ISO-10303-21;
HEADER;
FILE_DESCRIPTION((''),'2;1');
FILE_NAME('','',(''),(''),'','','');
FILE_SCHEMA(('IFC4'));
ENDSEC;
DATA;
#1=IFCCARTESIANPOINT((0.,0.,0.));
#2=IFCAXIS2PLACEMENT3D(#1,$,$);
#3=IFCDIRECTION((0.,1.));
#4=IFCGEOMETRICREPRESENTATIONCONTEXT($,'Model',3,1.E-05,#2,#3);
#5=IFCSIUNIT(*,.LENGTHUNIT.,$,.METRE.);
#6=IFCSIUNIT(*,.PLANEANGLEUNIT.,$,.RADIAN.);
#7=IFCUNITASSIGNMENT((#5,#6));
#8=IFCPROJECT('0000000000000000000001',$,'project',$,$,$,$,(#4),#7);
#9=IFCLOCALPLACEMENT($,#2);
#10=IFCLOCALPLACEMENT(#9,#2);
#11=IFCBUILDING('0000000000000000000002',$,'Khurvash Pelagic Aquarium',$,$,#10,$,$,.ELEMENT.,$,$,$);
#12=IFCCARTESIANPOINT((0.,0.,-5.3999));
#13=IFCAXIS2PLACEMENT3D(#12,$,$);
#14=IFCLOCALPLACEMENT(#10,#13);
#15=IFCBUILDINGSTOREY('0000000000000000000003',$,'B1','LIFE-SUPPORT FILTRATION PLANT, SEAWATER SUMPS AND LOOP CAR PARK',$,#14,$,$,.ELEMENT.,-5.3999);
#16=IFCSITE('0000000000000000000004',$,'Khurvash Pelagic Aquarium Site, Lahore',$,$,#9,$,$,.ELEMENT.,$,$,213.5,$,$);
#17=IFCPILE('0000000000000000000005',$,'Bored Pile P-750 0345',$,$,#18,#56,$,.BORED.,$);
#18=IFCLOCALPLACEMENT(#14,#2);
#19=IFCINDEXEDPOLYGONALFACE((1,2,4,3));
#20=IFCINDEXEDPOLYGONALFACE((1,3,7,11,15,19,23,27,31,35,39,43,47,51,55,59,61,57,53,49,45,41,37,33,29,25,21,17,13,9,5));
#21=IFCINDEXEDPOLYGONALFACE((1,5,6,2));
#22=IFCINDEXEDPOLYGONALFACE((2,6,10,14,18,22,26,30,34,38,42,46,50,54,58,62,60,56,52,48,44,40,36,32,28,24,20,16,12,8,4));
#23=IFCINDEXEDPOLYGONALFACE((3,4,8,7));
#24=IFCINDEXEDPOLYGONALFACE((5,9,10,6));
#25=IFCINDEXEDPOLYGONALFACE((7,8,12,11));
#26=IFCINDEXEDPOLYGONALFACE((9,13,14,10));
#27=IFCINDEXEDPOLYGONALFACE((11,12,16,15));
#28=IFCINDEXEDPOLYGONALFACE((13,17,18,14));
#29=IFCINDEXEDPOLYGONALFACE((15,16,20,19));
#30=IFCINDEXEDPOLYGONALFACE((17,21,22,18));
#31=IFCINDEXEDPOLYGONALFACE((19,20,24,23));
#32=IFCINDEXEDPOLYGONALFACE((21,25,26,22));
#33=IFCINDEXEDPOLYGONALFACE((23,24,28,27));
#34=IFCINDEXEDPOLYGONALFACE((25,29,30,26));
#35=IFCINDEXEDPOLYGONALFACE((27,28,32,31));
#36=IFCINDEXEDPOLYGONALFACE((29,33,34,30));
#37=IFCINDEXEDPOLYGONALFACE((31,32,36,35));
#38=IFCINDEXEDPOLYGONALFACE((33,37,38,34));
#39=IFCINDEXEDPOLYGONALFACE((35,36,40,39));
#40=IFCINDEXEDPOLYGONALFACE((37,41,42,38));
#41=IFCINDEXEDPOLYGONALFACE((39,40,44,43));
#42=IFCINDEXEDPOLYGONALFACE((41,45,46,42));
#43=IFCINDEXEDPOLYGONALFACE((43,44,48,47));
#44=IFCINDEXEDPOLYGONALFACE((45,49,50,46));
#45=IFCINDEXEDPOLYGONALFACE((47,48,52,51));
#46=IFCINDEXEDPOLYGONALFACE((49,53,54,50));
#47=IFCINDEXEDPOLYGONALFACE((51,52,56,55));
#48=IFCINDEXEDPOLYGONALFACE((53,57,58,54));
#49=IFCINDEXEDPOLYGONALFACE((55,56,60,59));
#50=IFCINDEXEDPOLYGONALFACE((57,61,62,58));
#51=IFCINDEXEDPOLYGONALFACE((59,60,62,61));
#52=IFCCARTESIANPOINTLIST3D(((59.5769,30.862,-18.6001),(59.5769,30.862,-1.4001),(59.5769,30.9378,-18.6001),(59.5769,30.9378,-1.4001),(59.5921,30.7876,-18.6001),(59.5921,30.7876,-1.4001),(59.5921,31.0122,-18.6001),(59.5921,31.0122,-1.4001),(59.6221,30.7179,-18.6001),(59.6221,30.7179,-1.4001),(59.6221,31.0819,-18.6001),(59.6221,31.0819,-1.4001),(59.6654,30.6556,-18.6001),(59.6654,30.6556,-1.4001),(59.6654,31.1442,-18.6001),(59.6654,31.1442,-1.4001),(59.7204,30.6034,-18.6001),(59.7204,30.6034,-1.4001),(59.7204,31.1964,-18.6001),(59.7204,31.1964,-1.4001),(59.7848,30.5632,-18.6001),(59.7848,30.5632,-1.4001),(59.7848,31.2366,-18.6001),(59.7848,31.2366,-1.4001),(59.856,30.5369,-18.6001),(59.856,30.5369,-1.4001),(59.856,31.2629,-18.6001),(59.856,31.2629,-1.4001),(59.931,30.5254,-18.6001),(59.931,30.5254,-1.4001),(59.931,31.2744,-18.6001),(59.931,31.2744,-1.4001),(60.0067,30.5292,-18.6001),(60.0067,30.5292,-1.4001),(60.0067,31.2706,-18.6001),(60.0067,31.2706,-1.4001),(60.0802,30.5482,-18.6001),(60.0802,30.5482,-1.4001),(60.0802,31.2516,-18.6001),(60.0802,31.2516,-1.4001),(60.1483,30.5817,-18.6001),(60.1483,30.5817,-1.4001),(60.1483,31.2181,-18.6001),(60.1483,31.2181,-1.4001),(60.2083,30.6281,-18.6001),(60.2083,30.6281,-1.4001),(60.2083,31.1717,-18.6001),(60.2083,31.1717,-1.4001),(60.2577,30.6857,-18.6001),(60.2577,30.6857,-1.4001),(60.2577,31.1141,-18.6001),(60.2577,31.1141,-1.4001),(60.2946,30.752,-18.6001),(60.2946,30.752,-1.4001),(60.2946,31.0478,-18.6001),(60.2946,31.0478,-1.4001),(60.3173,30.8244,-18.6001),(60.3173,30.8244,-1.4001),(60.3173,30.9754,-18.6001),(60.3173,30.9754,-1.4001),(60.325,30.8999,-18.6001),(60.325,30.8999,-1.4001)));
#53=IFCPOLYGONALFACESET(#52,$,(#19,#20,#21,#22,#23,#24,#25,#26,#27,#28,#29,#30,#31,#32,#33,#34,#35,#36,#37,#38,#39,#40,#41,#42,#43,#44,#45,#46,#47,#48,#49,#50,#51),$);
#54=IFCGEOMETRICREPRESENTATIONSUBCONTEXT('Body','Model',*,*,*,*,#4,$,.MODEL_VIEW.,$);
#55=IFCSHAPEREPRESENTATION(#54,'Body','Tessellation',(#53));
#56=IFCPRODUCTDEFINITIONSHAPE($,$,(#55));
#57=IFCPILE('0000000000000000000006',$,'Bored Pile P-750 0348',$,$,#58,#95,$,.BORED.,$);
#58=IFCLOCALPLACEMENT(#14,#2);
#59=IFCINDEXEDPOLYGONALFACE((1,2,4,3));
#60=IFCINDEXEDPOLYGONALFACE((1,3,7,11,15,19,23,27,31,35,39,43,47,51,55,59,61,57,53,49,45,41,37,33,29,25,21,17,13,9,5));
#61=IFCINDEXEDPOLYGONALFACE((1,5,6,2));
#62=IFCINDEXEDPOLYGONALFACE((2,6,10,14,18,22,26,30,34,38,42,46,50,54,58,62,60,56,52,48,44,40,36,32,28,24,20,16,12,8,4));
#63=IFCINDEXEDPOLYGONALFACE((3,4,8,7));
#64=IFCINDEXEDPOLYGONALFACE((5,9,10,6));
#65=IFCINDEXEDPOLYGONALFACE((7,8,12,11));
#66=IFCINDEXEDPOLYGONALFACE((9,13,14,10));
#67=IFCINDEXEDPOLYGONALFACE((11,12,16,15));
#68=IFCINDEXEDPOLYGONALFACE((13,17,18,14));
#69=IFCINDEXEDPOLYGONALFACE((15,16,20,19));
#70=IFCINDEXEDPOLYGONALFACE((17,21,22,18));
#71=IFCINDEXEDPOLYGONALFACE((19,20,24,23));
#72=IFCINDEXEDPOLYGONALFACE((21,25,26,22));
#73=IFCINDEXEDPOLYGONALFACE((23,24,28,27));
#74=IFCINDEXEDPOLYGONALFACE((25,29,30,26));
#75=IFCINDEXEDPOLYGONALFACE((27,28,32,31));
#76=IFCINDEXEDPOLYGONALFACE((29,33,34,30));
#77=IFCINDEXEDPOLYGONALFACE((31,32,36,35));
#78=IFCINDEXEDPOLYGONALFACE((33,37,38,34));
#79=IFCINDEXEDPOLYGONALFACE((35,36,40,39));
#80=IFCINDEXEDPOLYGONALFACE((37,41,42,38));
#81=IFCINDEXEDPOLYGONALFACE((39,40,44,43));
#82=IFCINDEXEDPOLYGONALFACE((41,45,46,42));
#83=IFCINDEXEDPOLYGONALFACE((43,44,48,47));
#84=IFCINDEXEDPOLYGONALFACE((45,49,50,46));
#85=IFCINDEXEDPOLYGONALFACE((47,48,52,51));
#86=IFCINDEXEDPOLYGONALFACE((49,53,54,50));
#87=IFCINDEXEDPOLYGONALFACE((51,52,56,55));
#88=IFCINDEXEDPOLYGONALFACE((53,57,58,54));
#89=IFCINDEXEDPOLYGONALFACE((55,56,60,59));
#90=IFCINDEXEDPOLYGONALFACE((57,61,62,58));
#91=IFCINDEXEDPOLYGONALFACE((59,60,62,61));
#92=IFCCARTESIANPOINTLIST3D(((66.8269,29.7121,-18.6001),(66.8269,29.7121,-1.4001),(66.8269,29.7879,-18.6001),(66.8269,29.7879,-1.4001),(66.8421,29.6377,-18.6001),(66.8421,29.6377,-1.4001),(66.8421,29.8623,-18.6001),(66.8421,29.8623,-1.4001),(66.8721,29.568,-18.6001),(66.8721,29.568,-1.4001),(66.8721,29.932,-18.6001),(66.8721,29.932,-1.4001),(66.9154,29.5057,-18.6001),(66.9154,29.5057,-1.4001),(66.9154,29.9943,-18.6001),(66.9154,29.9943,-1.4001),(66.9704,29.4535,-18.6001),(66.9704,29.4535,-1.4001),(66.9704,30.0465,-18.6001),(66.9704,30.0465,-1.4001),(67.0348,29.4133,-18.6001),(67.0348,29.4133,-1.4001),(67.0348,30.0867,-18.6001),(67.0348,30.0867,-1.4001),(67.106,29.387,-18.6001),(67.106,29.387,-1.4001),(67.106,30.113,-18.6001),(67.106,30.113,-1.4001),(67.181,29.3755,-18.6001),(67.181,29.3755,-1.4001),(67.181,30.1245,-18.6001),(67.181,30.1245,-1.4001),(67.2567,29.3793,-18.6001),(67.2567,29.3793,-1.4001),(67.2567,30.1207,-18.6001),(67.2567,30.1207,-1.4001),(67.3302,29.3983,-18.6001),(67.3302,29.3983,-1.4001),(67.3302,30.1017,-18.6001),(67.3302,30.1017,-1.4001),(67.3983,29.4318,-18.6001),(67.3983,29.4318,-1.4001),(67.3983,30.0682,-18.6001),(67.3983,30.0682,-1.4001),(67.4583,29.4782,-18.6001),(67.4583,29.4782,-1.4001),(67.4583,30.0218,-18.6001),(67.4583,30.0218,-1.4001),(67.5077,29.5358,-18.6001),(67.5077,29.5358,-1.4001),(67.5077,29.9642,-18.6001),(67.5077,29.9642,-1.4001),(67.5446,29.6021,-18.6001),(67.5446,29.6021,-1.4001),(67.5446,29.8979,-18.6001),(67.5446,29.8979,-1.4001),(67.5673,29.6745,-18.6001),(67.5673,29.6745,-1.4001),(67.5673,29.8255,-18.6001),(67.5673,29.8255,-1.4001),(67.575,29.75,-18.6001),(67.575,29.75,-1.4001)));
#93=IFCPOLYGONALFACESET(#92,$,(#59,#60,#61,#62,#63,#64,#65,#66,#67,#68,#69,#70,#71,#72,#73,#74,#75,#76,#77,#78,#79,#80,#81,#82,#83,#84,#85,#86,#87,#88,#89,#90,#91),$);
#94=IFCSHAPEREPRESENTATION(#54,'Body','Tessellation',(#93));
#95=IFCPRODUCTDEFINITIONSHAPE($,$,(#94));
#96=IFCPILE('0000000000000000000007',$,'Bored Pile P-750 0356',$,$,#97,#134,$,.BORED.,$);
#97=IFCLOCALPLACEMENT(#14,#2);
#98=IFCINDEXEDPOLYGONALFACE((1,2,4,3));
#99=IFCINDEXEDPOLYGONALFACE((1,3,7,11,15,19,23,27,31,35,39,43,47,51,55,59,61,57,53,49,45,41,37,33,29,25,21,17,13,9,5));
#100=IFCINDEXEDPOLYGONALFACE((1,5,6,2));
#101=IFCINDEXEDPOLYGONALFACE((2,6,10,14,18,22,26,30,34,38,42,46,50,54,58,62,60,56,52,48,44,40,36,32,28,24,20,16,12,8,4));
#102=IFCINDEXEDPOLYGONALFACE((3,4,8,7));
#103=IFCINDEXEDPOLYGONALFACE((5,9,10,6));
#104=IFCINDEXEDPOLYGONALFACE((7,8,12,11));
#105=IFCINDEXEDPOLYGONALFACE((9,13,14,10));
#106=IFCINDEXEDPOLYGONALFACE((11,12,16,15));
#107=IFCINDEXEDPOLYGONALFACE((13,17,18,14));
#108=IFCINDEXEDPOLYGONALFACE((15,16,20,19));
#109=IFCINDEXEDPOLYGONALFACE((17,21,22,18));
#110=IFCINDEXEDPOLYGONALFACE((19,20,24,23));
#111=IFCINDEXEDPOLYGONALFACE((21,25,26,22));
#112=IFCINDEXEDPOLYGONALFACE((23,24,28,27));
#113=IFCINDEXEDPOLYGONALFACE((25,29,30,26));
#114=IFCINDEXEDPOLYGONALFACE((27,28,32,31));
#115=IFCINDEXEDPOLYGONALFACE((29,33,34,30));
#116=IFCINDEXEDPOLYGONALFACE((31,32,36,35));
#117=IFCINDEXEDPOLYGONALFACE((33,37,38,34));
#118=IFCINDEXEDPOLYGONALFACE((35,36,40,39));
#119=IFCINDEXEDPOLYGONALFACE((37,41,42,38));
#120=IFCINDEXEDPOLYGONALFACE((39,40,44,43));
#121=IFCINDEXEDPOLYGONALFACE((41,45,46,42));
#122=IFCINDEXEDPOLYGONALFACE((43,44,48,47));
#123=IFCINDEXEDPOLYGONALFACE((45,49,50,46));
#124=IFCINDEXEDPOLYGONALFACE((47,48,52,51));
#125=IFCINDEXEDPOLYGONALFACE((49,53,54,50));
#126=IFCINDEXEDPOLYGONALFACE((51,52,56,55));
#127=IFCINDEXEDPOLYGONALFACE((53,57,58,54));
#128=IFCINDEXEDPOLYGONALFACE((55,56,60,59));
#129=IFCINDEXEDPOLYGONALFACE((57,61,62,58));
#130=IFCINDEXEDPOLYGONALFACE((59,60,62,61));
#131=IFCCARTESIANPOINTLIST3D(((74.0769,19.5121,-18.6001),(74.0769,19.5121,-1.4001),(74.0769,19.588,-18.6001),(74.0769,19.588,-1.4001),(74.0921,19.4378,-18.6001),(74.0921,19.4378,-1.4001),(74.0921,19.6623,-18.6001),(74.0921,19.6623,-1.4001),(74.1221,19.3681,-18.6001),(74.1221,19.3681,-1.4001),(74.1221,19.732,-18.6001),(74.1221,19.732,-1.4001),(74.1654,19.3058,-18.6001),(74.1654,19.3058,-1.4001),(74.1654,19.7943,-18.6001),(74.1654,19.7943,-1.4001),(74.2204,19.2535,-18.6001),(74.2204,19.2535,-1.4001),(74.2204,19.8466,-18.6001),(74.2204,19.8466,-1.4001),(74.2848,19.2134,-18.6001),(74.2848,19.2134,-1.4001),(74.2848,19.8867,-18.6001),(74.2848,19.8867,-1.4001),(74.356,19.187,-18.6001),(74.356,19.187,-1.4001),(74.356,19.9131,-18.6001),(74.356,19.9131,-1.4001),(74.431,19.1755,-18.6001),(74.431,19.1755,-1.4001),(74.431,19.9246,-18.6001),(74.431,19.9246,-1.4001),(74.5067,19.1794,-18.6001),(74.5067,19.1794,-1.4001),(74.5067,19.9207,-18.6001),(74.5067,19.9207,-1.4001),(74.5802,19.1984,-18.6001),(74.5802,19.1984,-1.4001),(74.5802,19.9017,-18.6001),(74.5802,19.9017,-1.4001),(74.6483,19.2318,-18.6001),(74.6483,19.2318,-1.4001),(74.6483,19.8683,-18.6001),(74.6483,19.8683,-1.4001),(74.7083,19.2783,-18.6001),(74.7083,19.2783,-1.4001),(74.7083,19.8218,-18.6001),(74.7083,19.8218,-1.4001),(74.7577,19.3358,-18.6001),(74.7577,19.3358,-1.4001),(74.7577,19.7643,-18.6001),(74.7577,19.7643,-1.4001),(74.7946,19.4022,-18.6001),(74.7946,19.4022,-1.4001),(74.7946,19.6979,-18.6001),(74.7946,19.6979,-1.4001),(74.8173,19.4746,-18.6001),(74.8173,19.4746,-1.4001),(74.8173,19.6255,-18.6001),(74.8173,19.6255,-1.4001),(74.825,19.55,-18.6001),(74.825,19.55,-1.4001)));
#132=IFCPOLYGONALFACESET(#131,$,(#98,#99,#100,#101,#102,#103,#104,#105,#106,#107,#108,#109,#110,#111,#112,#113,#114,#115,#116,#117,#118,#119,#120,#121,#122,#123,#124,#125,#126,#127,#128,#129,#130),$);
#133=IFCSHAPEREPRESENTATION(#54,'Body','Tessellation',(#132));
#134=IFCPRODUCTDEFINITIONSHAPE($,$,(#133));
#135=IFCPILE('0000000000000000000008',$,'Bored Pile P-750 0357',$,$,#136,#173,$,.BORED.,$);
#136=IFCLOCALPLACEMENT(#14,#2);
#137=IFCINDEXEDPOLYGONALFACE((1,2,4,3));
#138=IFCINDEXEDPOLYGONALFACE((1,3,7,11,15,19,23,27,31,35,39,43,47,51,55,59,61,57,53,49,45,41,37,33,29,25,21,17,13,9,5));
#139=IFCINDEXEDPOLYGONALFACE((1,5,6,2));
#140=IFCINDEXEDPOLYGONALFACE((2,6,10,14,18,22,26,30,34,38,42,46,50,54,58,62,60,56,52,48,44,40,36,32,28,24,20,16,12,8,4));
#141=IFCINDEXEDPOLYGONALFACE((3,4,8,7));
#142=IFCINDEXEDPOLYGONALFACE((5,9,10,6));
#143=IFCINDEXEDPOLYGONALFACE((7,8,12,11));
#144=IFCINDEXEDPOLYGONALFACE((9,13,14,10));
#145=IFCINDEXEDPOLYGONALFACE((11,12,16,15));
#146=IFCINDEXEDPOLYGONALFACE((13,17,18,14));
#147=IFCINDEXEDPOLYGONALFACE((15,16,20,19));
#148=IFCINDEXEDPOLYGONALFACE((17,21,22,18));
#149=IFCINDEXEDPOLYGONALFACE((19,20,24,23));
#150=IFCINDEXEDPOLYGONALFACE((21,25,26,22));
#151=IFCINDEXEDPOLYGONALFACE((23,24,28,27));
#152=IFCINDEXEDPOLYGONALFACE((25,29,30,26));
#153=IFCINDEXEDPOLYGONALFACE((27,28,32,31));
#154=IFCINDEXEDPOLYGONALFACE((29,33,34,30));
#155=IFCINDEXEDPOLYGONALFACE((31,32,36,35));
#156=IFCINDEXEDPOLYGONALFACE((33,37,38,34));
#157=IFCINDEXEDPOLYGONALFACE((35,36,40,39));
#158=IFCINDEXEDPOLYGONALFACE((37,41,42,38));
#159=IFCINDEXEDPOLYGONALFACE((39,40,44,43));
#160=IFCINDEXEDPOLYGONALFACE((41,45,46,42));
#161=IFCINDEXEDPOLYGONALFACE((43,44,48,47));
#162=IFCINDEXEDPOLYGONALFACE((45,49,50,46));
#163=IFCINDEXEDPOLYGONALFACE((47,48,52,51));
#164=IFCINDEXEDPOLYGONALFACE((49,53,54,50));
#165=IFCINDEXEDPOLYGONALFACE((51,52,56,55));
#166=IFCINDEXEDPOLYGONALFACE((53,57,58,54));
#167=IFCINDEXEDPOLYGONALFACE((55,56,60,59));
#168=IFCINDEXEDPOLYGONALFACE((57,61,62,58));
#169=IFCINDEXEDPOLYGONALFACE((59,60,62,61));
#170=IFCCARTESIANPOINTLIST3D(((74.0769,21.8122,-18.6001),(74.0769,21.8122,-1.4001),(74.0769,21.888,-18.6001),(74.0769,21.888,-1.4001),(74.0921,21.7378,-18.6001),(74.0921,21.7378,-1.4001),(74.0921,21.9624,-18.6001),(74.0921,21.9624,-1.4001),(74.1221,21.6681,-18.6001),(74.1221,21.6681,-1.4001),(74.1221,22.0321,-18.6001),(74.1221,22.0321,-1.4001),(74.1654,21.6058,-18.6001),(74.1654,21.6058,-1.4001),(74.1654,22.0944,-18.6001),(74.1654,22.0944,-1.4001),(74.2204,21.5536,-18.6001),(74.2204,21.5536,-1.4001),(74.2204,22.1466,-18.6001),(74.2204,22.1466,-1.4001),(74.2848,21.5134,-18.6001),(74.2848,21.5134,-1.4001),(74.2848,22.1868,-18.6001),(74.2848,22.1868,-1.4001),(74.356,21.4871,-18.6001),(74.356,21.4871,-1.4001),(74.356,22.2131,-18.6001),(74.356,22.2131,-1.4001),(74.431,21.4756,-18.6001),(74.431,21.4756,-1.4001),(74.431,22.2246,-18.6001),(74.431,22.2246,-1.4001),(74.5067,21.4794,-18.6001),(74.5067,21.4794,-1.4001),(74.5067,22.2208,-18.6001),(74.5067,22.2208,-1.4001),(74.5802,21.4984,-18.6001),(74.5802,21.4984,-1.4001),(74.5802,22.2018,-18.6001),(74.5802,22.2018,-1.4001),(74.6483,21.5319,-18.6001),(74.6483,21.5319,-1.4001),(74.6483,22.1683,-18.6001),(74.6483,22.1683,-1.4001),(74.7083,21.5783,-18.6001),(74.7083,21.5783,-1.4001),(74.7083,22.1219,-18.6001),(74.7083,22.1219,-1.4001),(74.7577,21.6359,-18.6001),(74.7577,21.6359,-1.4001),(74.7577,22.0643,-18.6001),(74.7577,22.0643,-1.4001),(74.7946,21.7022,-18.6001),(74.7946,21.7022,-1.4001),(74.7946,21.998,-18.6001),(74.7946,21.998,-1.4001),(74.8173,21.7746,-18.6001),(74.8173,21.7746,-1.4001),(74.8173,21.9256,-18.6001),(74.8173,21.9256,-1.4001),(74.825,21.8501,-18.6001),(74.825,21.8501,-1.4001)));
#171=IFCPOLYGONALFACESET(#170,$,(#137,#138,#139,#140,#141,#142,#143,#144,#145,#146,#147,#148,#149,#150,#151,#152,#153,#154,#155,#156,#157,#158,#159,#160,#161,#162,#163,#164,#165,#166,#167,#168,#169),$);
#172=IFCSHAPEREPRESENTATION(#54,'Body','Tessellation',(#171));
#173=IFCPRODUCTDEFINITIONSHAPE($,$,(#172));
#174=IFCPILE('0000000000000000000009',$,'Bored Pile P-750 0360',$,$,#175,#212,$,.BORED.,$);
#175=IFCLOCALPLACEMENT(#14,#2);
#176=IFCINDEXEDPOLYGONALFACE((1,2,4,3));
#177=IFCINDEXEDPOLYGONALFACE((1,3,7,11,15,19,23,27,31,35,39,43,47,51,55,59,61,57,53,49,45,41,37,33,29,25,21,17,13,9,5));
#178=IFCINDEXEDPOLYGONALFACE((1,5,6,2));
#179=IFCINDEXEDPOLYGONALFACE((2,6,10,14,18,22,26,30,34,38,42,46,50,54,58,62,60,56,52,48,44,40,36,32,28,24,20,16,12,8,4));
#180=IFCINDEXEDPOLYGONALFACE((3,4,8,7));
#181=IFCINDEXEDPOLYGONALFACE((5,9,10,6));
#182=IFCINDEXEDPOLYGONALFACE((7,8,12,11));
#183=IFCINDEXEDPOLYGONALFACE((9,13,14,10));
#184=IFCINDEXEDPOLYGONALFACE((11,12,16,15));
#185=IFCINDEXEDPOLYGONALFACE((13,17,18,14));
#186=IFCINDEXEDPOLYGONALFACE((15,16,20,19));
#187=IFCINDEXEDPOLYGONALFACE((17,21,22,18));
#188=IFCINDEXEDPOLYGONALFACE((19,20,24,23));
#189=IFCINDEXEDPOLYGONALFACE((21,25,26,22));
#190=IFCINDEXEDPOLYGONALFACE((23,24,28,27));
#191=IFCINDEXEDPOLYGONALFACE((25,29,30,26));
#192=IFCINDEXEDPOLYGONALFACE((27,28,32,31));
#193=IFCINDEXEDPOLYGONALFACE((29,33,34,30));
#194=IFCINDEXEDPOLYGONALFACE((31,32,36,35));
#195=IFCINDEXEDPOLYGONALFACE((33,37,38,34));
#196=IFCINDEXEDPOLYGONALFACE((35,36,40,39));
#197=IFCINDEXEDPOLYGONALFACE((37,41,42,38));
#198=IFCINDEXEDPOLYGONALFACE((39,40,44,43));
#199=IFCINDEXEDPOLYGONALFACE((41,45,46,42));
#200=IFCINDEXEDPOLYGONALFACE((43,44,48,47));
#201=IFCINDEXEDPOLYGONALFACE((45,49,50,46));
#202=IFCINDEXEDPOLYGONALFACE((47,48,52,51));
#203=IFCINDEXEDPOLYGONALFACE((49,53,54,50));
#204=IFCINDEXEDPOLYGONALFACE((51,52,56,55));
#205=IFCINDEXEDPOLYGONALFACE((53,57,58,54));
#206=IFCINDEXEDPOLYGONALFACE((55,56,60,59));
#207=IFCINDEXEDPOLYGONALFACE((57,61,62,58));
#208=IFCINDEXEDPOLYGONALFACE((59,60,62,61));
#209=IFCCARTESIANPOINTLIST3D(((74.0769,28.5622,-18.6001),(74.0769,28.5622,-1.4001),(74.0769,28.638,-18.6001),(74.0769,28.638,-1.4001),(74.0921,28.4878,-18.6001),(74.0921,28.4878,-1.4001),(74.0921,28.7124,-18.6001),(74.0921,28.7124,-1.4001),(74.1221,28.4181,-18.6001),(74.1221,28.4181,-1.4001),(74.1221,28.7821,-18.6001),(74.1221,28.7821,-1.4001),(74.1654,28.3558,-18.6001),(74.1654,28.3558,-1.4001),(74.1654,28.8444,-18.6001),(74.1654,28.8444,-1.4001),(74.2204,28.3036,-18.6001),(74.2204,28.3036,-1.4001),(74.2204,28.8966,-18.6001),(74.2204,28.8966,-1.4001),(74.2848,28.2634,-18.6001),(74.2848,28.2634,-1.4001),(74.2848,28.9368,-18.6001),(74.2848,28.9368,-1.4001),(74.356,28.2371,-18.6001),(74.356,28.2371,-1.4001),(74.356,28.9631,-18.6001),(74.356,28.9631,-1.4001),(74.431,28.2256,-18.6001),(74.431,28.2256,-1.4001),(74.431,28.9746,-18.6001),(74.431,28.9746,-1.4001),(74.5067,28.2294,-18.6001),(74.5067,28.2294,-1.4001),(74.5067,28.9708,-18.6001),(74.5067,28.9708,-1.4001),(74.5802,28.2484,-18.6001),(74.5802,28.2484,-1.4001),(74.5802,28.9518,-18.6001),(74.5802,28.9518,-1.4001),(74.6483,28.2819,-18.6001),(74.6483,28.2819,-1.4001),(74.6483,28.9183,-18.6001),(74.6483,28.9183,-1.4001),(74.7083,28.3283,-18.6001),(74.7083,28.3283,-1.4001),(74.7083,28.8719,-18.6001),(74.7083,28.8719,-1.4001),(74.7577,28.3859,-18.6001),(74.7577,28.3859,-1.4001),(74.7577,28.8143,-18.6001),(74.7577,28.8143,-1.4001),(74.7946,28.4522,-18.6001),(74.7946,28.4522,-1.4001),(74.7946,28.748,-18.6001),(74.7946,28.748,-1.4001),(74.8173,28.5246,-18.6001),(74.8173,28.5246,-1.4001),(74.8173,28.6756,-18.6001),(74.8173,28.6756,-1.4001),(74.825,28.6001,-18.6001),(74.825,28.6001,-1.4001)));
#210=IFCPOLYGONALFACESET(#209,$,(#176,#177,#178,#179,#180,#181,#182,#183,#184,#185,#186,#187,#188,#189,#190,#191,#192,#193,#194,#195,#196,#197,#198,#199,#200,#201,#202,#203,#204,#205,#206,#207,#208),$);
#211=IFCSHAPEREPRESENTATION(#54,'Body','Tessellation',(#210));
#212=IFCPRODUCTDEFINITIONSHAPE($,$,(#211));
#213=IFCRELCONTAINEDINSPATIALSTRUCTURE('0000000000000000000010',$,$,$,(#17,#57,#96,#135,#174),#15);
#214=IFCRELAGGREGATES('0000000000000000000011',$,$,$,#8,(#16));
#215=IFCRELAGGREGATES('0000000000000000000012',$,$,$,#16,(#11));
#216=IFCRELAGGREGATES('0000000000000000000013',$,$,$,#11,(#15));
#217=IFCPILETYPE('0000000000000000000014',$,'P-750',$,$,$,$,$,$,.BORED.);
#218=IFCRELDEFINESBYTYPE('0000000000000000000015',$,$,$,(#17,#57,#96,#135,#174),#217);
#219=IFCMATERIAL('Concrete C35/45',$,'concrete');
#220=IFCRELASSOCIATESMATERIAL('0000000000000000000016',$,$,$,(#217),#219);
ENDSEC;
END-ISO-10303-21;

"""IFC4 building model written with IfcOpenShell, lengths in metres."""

from ifc_helpers import new_model, si_unit, direction, frame, origin, origin_2d, place, context, subcontext, project, spatial, circle, extrude, material, material_profile, profile_set, type_object, element, save


model = new_model("IFC4")

# Units and contexts
model_context = context("Model", 3, precision=1e-05, world=origin(), true_north=direction((0.0, 1.0)))
body_context = subcontext(model_context, "Body", "Model", "MODEL_VIEW")
ifc_project = project(units=[si_unit("LENGTHUNIT", "METRE"), si_unit("PLANEANGLEUNIT", "RADIAN")], contexts=[model_context])

# Site, building, storey
site_placement = place(None, origin())
site = spatial("IfcSite", under=ifc_project, at=site_placement, Name="Khurvash Pelagic Aquarium Site, Lahore", CompositionType="ELEMENT", RefElevation=213.5)
building_placement = place(site_placement, origin())
building = spatial("IfcBuilding", under=site, at=building_placement, Name="Khurvash Pelagic Aquarium", CompositionType="ELEMENT")
storey_placement = place(building_placement, frame((0.0, 0.0, -5.3999)))
storey = spatial("IfcBuildingStorey", under=building, at=storey_placement, Name="B1", Description="LIFE-SUPPORT FILTRATION PLANT, SEAWATER SUMPS AND LOOP CAR PARK", CompositionType="ELEMENT", Elevation=-5.3999)

# Shared definitions
ifc_material_1 = material(Name="Concrete C35/45", Category="concrete")

# Piles
ifc_material_profile_1 = material_profile(ifc_material_1, circle(Radius=0.375, at=origin_2d()), Name="PILE750")
ifc_profile_set_1 = profile_set([ifc_material_profile_1], Name="Concrete C35/45")
pile_type = type_object("IfcPileType", Name="P-750", PredefinedType="BORED", material=ifc_profile_set_1)
for number, where, z_axis, x_axis, name in (
    (1, (59.95, 30.8999, -1.4001), (0.0, 0.0, -1.0), (1.0, 0.0, 0.0), "Bored Pile P-750 0345"),
    (2, (67.2, 29.75, -1.4001), (0.0, 0.0, -1.0), (1.0, 0.0, 0.0), "Bored Pile P-750 0348"),
    (3, (74.45, 19.55, -1.4001), (0.0, 0.0, -1.0), (1.0, 0.0, 0.0), "Bored Pile P-750 0356"),
    (4, (74.45, 21.8501, -1.4001), (0.0, 0.0, -1.0), (1.0, 0.0, 0.0), "Bored Pile P-750 0357"),
    (5, (74.45, 28.6001, -1.4001), (0.0, 0.0, -1.0), (1.0, 0.0, 0.0), "Bored Pile P-750 0360"),
):
    element("IfcPile", number, at=place(storey_placement, frame(where, z_axis=z_axis, x_axis=x_axis)), inside=storey, type_object=pile_type, Name=name, PredefinedType="BORED", context=body_context, shape_type="SweptSolid", body=[
        extrude(circle(Radius=0.375, at=origin_2d()), origin(), (0.0, 0.0, 1.0), 17.2),
    ])

save(model, "model.ifc")
